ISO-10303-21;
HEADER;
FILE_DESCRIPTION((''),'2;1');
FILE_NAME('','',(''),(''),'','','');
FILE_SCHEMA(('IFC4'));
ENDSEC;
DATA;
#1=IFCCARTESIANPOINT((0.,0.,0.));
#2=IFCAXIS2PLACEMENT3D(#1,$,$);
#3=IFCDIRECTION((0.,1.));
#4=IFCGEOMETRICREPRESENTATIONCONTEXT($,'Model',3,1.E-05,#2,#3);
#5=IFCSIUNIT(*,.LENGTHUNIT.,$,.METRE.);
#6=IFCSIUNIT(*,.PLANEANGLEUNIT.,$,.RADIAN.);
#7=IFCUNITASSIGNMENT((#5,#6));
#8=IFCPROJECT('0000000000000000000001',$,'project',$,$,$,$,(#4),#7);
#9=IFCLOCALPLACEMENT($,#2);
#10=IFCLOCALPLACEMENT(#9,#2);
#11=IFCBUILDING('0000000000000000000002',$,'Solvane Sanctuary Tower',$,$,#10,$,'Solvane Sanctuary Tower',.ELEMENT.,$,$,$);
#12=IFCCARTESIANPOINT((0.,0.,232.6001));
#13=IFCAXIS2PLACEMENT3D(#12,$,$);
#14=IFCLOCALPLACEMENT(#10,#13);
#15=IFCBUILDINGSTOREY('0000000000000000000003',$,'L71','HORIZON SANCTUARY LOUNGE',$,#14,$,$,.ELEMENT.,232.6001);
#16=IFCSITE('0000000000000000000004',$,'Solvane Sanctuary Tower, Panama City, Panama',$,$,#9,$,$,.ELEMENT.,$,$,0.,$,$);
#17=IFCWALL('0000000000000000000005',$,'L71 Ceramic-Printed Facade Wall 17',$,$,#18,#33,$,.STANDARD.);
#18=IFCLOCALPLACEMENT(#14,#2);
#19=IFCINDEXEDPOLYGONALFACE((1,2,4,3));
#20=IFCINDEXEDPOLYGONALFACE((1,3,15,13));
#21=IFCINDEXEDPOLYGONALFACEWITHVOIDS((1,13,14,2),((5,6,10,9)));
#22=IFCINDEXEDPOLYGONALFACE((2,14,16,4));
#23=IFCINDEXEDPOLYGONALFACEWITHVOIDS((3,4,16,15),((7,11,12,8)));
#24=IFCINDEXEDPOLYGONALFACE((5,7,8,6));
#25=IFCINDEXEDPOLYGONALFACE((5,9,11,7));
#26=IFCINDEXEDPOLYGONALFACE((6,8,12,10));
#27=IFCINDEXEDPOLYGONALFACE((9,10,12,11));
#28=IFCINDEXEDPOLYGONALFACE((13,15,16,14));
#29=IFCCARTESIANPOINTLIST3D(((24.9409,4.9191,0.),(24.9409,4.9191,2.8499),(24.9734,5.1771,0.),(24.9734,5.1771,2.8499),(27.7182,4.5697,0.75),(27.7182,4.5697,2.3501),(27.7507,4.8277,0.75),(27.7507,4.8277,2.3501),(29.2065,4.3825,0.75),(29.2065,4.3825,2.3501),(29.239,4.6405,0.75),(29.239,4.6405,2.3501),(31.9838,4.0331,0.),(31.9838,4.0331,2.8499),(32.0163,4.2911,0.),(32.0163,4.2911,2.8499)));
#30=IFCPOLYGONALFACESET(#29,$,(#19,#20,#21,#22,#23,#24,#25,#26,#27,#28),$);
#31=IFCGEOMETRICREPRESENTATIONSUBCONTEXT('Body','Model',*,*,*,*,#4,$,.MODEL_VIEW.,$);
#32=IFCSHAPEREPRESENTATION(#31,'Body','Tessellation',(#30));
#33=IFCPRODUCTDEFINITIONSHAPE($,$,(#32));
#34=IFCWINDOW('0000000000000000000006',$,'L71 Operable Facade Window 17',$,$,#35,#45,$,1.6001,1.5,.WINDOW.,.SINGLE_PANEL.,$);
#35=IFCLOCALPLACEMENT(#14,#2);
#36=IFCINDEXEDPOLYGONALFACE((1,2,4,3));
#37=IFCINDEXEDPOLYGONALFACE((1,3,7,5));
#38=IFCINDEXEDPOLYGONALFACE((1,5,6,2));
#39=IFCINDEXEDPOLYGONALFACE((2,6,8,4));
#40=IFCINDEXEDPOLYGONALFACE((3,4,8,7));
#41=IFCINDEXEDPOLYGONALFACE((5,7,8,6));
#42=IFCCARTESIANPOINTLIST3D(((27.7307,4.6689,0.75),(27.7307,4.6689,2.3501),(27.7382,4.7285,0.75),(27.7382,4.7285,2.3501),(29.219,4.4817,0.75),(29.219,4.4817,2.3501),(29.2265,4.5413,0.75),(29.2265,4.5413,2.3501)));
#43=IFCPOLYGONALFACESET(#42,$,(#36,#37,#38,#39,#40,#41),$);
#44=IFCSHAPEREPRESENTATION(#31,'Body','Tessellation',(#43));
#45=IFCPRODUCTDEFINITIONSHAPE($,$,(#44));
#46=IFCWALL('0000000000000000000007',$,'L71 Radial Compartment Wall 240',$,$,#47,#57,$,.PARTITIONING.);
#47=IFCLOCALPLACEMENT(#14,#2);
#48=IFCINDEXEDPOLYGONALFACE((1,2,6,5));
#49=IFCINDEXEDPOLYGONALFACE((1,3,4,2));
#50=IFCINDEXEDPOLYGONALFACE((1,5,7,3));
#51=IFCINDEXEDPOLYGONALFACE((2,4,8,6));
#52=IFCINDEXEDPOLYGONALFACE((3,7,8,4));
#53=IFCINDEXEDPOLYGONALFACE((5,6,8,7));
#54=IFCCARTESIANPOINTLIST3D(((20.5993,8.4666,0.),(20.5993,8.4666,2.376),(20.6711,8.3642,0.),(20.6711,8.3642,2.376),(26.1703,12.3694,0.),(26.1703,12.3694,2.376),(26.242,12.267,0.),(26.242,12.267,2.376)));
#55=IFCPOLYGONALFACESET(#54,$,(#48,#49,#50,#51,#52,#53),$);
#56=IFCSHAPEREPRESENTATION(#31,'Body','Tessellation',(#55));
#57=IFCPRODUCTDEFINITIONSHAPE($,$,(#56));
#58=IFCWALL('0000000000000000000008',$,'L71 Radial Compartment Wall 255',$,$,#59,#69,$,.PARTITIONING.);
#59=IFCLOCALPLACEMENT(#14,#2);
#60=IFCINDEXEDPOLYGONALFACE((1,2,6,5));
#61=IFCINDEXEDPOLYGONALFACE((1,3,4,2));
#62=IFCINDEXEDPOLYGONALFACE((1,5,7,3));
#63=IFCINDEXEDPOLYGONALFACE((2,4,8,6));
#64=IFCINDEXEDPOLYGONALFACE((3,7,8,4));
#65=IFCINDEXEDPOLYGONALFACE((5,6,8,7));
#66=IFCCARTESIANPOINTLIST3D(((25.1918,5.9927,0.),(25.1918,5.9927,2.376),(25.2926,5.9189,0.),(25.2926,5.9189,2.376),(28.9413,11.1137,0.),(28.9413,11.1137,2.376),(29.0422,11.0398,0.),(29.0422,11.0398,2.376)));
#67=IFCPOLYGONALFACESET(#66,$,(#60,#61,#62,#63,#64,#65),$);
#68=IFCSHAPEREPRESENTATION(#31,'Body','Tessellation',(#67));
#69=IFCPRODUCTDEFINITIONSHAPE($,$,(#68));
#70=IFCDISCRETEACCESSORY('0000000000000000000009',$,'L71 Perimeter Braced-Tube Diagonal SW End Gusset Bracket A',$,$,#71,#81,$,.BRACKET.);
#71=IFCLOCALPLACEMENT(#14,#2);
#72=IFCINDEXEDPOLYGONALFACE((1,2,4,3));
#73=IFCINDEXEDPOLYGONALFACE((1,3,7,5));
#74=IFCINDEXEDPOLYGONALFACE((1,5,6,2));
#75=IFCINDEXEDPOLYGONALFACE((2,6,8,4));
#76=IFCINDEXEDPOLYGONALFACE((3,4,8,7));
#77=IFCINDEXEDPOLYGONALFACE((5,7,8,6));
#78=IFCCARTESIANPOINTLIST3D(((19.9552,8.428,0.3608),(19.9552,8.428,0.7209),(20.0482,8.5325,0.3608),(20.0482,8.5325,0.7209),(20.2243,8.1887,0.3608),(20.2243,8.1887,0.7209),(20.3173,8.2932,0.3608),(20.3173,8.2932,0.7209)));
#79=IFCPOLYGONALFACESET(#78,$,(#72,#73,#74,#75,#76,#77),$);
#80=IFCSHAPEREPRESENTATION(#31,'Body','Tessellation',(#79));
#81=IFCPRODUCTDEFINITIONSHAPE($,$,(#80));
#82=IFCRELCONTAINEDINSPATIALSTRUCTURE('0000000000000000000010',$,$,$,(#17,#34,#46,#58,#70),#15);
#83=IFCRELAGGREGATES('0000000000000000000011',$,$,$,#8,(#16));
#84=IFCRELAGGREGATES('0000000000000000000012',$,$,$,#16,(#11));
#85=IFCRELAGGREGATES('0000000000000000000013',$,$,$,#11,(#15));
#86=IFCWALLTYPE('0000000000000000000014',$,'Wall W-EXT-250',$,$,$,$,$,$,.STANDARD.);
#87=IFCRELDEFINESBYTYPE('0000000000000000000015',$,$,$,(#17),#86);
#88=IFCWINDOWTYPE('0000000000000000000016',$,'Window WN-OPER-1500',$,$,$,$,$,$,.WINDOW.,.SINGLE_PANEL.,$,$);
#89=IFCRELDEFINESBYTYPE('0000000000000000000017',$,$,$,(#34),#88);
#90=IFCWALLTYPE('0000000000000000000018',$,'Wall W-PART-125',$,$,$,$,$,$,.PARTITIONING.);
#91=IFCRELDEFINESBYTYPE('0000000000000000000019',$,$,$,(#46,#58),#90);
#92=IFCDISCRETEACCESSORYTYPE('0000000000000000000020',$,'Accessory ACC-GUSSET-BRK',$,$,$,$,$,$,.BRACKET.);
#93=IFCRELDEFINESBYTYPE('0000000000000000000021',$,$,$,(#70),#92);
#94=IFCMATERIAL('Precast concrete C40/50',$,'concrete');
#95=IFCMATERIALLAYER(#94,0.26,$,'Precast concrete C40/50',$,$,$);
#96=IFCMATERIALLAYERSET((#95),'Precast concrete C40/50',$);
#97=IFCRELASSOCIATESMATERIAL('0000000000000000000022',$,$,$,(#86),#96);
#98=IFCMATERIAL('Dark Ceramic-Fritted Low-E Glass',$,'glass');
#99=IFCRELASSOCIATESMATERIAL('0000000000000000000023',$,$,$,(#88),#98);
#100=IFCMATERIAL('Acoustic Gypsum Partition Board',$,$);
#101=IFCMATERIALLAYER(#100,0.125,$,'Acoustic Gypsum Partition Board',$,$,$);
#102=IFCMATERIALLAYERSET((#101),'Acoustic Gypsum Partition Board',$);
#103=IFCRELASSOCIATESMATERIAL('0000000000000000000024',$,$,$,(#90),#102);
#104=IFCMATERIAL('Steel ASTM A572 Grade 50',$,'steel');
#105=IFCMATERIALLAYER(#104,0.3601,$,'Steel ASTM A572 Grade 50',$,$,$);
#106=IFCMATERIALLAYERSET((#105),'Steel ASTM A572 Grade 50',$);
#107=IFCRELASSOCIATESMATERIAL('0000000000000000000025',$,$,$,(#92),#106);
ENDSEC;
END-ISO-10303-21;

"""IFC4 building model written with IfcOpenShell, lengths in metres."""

from ifc_helpers import new_model, si_unit, direction, frame, frame_2d, origin, origin_2d, place, context, subcontext, project, spatial, rectangle, extrude, material, layer, layer_set, type_object, element, fill, save


model = new_model("IFC4")

# Units and contexts
model_context = context("Model", 3, precision=1e-05, world=origin(), true_north=direction((0.0, 1.0)))
body_context = subcontext(model_context, "Body", "Model", "MODEL_VIEW")
ifc_project = project(units=[si_unit("LENGTHUNIT", "METRE"), si_unit("PLANEANGLEUNIT", "RADIAN")], contexts=[model_context])

# Site, building, storey
site_placement = place(None, origin())
site = spatial("IfcSite", under=ifc_project, at=site_placement, Name="Solvane Sanctuary Tower, Panama City, Panama", CompositionType="ELEMENT", RefElevation=0.0)
building_placement = place(site_placement, origin())
building = spatial("IfcBuilding", under=site, at=building_placement, Name="Solvane Sanctuary Tower", LongName="Solvane Sanctuary Tower", CompositionType="ELEMENT")
storey_placement = place(building_placement, frame((0.0, 0.0, 232.6001)))
storey = spatial("IfcBuildingStorey", under=building, at=storey_placement, Name="L71", Description="HORIZON SANCTUARY LOUNGE", CompositionType="ELEMENT", Elevation=232.6001)

# Shared definitions
ifc_material_1 = material(Name="Acoustic Gypsum Partition Board")

# Wall, opening, window
ifc_material_2 = material(Name="Precast concrete C40/50", Category="concrete")
ifc_layer_1 = layer(ifc_material_2, 0.26, Name="Precast concrete C40/50")
ifc_layer_set_1 = layer_set([ifc_layer_1], Name="Precast concrete C40/50")
wall_type_1 = type_object("IfcWallType", Name="Wall W-EXT-250", PredefinedType="STANDARD", material=ifc_layer_set_1)
wall_1_placement = place(storey_placement, frame((24.957, 5.0481, 0.0), z_axis=(0.0, 0.0, 1.0), x_axis=(0.99218, -0.124814, 0.0)))
wall_1 = element("IfcWall", 1, at=wall_1_placement, inside=storey, type_object=wall_type_1, Name="L71 Ceramic-Printed Facade Wall 17", PredefinedType="STANDARD", context=body_context, shape_type="SweptSolid", body=[
    extrude(rectangle(XDim=7.0984, YDim=0.26, at=frame_2d((3.5493, 0.0))), origin(), (0.0, 0.0, 1.0), 2.8499),
])
opening_1_placement = place(wall_1_placement, frame((2.7993, 0.0, 0.75)))
opening_1 = element("IfcOpeningElement", 2, at=opening_1_placement, cuts=wall_1, PredefinedType="OPENING", context=body_context, shape_type="SweptSolid", body=[
    extrude(rectangle(XDim=1.5, YDim=1.6001, at=frame_2d((0.75, 0.8))), frame((0.0, 0.1399, 0.0), z_axis=(0.0, -1.0, 0.0), x_axis=(1.0, 0.0, 0.0)), (0.0, 0.0, 1.0), 0.28),
])
ifc_material_3 = material(Name="Dark Ceramic-Fritted Low-E Glass", Category="glass")
window_type = type_object("IfcWindowType", Name="Window WN-OPER-1500", PartitioningType="SINGLE_PANEL", PredefinedType="WINDOW", material=ifc_material_3)
window_placement = place(opening_1_placement, origin())
window = element("IfcWindow", 3, at=window_placement, inside=storey, type_object=window_type, Name="L71 Operable Facade Window 17", OverallHeight=1.6001, OverallWidth=1.5, PartitioningType="SINGLE_PANEL", PredefinedType="WINDOW", context=body_context, shape_type="SweptSolid", body=[
    extrude(rectangle(XDim=1.5, YDim=1.6001, at=frame_2d((0.75, 0.8))), frame((0.0, 0.03, 0.0), z_axis=(0.0, -1.0, 0.0), x_axis=(1.0, 0.0, 0.0)), (0.0, 0.0, 1.0), 0.0601),
])
fill(opening_1, window)

# Walls
ifc_layer_2 = layer(ifc_material_1, 0.125, Name="Acoustic Gypsum Partition Board")
ifc_layer_set_2 = layer_set([ifc_layer_2], Name="Acoustic Gypsum Partition Board")
wall_type_2 = type_object("IfcWallType", Name="Wall W-PART-125", PredefinedType="PARTITIONING", material=ifc_layer_set_2)
wall_2_placement = place(storey_placement, frame((26.2061, 12.3181, 0.0), z_axis=(0.0, 0.0, 1.0), x_axis=(-0.819018, -0.573768, 0.0)))
element("IfcWall", 4, at=wall_2_placement, inside=storey, type_object=wall_type_2, Name="L71 Radial Compartment Wall 240", PredefinedType="PARTITIONING", context=body_context, shape_type="SweptSolid", body=[
    extrude(rectangle(XDim=6.802, YDim=0.125, at=frame_2d((3.4009, 0.0))), origin(), (0.0, 0.0, 1.0), 2.376),
])
wall_3_placement = place(storey_placement, frame((28.9917, 11.0767, 0.0), z_axis=(0.0, 0.0, 1.0), x_axis=(-0.590771, -0.806839, 0.0)))
element("IfcWall", 5, at=wall_3_placement, inside=storey, type_object=wall_type_2, Name="L71 Radial Compartment Wall 255", PredefinedType="PARTITIONING", context=body_context, shape_type="SweptSolid", body=[
    extrude(rectangle(XDim=6.3469, YDim=0.125, at=frame_2d((3.1733, 0.0))), origin(), (0.0, 0.0, 1.0), 2.376),
])

# Discrete accessory
ifc_material_4 = material(Name="Steel ASTM A572 Grade 50", Category="steel")
ifc_layer_3 = layer(ifc_material_4, 0.3601, Name="Steel ASTM A572 Grade 50")
ifc_layer_set_3 = layer_set([ifc_layer_3], Name="Steel ASTM A572 Grade 50")
discrete_accessory_type = type_object("IfcDiscreteAccessoryType", Name="Accessory ACC-GUSSET-BRK", PredefinedType="BRACKET", material=ifc_layer_set_3)
discrete_accessory_placement = place(storey_placement, frame((20.1362, 8.3606, 0.3608), z_axis=(0.0, 0.0, 1.0), x_axis=(-0.747218, 0.664579, 0.0)))
element("IfcDiscreteAccessory", 6, at=discrete_accessory_placement, inside=storey, type_object=discrete_accessory_type, Name="L71 Perimeter Braced-Tube Diagonal SW End Gusset Bracket A", PredefinedType="BRACKET", context=body_context, shape_type="SweptSolid", body=[
    extrude(rectangle(XDim=0.3601, YDim=0.1399, at=origin_2d()), origin(), (0.0, 0.0, 1.0), 0.3601),
])

save(model, "model.ifc")
